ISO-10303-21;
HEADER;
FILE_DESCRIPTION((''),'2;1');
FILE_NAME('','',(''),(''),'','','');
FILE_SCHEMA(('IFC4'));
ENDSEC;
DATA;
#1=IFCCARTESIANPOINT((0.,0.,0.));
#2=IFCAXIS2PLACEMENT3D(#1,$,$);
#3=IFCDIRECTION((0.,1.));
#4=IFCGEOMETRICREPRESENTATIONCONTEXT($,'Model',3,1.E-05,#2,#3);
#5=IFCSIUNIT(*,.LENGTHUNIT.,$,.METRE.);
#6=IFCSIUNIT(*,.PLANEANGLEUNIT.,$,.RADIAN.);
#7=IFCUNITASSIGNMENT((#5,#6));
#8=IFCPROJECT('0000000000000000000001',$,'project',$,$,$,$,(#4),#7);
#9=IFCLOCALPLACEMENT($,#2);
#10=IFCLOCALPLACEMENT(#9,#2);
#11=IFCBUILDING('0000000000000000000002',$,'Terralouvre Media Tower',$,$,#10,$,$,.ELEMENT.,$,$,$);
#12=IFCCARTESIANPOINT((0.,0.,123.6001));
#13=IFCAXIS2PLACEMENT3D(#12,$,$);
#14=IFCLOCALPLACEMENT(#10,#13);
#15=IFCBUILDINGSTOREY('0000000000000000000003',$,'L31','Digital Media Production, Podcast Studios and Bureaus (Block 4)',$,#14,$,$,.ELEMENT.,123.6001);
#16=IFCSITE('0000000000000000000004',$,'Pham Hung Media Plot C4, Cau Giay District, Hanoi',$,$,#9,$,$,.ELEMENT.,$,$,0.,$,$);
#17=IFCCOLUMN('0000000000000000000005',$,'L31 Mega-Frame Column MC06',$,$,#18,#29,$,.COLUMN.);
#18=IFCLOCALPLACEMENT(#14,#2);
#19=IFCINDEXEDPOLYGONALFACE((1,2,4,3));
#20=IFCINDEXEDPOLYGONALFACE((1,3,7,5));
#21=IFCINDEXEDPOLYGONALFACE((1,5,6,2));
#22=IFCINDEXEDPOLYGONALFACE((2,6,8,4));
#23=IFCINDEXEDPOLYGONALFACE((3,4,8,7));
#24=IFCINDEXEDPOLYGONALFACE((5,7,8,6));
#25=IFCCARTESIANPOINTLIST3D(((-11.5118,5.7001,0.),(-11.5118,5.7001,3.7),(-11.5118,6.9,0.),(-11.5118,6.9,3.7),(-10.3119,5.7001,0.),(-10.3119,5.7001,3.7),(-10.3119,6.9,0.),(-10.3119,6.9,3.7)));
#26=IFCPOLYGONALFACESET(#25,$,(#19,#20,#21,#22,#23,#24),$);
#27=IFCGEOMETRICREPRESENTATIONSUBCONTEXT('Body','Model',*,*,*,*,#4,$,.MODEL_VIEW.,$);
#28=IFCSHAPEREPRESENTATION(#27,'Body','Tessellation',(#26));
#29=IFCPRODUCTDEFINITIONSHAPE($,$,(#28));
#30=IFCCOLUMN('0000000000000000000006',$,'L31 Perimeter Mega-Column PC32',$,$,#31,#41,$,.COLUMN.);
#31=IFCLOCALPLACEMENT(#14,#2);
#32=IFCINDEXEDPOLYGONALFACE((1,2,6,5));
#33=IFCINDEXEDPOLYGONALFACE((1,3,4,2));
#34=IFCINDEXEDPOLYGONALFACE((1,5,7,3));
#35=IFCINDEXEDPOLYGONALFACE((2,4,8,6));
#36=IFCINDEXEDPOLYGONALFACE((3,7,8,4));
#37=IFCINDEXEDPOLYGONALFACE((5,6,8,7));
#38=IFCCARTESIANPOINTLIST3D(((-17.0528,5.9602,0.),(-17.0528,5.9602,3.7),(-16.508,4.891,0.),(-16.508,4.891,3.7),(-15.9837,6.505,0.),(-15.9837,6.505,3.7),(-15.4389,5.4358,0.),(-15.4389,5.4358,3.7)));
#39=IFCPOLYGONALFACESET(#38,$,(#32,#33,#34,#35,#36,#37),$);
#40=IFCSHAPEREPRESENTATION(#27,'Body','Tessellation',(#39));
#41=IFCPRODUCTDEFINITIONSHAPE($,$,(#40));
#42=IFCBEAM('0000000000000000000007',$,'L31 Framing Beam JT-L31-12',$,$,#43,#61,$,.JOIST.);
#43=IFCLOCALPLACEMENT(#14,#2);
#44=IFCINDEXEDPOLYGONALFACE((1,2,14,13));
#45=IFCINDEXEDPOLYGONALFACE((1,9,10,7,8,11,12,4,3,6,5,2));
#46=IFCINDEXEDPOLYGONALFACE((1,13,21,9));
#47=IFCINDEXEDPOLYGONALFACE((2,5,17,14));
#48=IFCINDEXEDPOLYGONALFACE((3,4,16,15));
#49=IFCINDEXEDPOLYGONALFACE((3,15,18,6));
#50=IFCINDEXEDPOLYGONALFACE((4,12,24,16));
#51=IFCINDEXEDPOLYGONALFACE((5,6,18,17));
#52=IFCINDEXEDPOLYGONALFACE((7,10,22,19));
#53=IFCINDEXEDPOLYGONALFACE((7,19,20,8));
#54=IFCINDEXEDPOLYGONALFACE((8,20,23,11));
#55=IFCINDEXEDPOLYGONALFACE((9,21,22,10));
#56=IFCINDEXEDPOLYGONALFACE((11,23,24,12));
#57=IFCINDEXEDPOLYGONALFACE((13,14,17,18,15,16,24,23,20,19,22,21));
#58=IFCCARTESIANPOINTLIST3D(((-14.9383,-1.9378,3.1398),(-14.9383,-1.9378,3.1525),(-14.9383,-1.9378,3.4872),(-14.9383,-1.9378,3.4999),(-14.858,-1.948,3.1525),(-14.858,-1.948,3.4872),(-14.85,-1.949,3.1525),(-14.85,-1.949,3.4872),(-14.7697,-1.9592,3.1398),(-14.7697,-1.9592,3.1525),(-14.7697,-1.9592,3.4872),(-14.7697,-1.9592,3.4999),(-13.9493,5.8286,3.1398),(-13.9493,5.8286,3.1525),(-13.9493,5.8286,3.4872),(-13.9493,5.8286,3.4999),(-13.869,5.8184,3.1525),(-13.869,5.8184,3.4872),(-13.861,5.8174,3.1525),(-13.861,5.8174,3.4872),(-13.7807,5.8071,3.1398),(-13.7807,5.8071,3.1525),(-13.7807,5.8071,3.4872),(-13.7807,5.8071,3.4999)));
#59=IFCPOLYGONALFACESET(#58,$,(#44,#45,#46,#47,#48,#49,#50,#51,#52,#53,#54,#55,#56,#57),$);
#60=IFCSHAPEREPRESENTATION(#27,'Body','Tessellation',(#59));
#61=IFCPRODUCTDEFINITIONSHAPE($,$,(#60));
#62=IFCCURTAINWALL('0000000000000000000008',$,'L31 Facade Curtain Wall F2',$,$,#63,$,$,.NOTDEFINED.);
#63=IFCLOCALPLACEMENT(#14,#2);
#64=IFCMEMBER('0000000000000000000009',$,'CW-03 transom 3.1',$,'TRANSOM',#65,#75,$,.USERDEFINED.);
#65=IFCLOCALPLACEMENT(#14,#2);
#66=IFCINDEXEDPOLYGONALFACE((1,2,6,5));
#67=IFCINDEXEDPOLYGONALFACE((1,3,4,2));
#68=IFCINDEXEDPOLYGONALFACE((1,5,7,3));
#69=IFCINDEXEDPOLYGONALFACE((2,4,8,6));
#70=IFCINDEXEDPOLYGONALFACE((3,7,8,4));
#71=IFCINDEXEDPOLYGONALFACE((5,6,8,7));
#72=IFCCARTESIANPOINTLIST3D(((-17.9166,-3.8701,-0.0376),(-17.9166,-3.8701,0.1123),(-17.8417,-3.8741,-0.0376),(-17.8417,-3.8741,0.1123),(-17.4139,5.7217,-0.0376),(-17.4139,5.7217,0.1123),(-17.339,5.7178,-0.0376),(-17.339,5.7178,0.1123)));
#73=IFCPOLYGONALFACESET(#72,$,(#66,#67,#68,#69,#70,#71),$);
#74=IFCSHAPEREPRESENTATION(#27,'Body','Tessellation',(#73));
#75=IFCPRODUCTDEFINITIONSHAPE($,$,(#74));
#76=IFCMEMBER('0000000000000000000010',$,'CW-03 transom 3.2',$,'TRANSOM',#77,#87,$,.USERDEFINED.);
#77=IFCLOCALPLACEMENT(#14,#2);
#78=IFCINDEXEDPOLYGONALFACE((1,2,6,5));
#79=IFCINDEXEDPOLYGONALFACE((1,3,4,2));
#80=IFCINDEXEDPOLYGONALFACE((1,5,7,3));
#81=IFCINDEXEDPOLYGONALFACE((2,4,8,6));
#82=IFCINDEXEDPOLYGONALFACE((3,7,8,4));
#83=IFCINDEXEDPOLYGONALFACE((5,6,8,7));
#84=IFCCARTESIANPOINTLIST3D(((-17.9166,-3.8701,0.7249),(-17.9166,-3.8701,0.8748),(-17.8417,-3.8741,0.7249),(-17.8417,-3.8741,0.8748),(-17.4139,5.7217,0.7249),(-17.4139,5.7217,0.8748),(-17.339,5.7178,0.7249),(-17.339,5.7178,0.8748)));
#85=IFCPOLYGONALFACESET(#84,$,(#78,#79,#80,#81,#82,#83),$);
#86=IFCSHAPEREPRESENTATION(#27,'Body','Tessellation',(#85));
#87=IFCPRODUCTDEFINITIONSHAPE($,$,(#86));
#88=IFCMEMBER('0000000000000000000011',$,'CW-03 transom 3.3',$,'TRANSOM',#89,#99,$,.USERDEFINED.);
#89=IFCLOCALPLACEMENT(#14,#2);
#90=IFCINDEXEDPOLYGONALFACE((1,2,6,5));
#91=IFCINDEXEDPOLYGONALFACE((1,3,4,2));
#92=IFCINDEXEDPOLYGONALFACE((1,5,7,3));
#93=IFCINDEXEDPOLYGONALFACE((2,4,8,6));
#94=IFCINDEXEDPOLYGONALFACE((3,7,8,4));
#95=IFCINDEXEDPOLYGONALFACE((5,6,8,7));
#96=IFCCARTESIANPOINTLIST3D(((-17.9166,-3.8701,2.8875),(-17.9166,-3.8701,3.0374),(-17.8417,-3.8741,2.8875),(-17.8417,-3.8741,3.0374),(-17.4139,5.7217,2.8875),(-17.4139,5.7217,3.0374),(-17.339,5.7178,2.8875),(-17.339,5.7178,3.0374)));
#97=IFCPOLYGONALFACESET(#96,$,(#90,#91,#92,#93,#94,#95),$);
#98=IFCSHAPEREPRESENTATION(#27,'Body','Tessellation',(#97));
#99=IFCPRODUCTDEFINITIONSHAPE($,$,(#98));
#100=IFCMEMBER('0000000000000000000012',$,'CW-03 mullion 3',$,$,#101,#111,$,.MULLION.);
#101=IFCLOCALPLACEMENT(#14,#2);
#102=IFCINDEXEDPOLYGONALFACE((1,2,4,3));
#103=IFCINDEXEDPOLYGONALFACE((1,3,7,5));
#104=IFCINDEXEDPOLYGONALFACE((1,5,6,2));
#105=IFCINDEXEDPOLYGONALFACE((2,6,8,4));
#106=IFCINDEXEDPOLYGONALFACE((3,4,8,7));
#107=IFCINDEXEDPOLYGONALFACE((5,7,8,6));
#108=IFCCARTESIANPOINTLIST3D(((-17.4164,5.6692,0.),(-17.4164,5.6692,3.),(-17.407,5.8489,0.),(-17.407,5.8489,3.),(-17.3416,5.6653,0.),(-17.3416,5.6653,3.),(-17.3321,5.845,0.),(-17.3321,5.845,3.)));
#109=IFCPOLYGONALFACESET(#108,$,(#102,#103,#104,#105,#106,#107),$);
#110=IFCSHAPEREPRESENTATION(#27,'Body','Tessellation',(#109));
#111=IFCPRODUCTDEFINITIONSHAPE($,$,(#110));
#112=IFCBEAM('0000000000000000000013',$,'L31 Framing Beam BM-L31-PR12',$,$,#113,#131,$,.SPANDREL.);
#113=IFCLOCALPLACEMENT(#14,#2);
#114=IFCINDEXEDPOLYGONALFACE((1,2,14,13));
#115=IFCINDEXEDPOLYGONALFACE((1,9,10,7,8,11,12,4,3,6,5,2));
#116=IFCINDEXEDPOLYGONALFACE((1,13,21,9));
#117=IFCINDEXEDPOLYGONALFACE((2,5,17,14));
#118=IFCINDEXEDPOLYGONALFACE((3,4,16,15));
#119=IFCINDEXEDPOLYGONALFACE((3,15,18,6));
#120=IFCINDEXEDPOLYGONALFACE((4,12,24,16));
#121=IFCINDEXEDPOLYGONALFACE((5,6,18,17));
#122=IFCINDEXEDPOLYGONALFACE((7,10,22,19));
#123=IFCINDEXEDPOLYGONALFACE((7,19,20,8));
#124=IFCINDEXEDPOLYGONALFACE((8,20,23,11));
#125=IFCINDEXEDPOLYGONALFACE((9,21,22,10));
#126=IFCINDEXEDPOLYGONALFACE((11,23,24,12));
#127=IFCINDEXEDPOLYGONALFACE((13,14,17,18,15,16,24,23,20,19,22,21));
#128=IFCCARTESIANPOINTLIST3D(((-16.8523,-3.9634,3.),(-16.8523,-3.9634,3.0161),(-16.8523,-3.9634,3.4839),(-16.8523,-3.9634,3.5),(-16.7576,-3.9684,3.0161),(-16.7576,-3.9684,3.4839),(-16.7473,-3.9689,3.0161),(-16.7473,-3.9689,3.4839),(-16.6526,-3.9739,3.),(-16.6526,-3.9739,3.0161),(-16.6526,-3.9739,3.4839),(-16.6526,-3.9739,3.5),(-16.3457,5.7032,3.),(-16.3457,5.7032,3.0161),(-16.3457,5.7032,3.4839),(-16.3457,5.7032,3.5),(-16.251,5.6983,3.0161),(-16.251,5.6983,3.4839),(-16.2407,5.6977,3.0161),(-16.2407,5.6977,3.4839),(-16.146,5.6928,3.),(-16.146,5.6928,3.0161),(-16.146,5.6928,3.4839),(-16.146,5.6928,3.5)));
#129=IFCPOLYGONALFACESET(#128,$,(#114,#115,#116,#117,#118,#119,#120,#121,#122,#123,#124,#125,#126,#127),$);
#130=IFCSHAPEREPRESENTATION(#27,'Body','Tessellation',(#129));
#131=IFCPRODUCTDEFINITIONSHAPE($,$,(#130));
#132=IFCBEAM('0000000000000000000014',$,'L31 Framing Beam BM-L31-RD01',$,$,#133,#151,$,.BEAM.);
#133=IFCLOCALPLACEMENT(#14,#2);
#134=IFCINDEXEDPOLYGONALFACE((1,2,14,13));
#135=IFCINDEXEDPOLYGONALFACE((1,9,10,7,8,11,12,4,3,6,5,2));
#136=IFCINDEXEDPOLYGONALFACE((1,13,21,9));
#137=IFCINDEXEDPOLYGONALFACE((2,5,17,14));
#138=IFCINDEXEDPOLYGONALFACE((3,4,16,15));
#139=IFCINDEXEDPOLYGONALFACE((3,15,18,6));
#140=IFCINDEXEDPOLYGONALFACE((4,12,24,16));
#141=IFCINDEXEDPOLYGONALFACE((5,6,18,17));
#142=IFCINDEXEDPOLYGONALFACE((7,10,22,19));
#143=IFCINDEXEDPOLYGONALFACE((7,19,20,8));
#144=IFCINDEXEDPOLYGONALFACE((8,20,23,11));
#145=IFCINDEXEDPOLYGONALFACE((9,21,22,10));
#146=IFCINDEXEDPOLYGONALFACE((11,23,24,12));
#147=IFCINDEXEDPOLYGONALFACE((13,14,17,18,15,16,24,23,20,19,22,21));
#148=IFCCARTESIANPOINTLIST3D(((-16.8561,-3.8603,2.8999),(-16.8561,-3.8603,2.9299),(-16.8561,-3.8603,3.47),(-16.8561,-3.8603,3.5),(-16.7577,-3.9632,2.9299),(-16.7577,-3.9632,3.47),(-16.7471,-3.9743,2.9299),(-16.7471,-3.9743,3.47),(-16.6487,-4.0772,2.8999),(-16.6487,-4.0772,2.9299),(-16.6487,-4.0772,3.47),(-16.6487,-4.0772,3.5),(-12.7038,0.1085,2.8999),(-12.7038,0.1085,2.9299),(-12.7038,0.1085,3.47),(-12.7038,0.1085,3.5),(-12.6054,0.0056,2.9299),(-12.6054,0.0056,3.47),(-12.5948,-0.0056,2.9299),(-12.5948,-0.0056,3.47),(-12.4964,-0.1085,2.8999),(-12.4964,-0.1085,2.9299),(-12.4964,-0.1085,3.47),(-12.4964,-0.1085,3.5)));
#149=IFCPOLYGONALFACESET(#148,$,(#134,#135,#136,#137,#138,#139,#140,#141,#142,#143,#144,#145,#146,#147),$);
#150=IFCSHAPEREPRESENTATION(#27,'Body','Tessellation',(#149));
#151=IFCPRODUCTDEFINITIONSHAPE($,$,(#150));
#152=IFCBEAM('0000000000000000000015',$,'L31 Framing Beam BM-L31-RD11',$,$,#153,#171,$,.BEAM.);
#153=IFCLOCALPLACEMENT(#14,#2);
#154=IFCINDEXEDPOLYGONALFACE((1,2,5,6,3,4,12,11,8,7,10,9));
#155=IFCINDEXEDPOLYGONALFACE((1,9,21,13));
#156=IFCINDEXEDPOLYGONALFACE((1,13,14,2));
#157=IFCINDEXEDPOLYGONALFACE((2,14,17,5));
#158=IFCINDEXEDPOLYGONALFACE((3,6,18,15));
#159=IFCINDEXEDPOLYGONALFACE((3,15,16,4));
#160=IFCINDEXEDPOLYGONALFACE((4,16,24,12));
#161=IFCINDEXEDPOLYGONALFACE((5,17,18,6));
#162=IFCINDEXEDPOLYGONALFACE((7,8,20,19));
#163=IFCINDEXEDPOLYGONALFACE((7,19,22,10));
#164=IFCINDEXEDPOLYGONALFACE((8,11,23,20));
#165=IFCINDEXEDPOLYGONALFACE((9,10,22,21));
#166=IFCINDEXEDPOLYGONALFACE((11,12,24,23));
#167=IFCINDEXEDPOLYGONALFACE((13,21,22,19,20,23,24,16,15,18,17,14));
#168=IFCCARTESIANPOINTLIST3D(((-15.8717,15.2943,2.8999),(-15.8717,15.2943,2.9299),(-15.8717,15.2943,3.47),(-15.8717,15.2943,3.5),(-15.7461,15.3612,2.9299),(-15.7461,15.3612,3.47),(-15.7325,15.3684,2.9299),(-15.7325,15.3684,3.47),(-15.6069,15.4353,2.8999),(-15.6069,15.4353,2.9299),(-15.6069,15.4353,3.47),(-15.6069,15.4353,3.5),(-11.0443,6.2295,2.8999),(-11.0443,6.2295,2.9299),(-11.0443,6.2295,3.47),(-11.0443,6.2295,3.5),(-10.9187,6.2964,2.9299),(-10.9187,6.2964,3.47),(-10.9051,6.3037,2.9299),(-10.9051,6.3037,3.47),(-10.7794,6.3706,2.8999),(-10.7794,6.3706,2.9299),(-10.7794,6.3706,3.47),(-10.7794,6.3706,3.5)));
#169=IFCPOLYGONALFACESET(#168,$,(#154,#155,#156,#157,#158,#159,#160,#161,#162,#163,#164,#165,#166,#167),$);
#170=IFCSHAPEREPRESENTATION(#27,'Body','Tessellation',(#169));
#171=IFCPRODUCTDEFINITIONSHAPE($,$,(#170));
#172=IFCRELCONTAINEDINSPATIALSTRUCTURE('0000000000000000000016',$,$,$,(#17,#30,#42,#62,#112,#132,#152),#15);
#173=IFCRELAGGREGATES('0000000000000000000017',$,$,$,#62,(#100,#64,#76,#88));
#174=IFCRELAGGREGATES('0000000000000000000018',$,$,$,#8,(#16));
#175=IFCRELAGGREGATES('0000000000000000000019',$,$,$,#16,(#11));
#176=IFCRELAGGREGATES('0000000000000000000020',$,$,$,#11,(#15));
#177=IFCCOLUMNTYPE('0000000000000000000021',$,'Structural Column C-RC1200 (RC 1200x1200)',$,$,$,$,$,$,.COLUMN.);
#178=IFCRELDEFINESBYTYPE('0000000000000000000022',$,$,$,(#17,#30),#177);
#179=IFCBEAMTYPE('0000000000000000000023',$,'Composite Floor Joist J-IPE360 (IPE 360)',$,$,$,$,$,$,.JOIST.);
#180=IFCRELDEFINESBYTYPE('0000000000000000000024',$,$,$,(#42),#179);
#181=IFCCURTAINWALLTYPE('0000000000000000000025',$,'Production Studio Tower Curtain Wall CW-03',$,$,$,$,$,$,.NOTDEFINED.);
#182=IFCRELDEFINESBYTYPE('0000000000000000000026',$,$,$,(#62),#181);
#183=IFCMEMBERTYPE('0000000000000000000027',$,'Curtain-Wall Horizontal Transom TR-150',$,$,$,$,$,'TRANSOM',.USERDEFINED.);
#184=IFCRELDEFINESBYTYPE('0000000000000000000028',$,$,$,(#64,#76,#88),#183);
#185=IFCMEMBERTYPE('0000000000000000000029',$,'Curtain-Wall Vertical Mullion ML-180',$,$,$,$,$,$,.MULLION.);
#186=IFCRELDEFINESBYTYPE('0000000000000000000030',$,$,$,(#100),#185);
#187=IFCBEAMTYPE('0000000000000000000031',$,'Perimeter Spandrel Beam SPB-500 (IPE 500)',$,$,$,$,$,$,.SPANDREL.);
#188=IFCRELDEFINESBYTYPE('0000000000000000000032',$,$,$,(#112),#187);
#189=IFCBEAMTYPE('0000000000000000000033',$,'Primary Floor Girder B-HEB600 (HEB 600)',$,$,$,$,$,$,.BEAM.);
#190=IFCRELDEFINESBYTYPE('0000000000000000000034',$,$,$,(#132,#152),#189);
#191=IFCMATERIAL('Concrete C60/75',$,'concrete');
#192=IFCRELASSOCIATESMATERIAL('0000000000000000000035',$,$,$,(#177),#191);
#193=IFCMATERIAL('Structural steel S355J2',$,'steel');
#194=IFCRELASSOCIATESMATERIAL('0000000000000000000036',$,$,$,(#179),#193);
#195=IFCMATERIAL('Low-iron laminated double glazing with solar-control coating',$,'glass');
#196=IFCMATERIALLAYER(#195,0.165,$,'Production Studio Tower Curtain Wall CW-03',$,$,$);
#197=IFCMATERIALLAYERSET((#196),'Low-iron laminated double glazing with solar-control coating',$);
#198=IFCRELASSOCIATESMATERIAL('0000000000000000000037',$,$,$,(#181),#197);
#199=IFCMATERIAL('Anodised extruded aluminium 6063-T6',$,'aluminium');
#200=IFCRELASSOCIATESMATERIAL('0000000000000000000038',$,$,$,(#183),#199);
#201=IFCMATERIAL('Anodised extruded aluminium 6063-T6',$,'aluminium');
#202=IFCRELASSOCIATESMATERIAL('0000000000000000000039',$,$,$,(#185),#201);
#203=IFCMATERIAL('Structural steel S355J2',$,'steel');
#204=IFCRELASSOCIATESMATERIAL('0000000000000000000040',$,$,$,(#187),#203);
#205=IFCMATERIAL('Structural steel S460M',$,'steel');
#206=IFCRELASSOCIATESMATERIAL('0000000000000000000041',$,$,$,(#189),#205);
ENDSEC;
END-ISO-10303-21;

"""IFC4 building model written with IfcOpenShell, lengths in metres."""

from ifc_helpers import new_model, si_unit, direction, frame, origin, origin_2d, place, context, subcontext, project, spatial, rectangle, i_section, extrude, material, layer, layer_set, material_profile, profile_set, type_object, element, aggregate, save


model = new_model("IFC4")

# Units and contexts
model_context = context("Model", 3, precision=1e-05, world=origin(), true_north=direction((0.0, 1.0)))
body_context = subcontext(model_context, "Body", "Model", "MODEL_VIEW")
ifc_project = project(units=[si_unit("LENGTHUNIT", "METRE"), si_unit("PLANEANGLEUNIT", "RADIAN")], contexts=[model_context])

# Site, building, storey
site_placement = place(None, origin())
site = spatial("IfcSite", under=ifc_project, at=site_placement, Name="Pham Hung Media Plot C4, Cau Giay District, Hanoi", CompositionType="ELEMENT", RefElevation=0.0)
building_placement = place(site_placement, origin())
building = spatial("IfcBuilding", under=site, at=building_placement, Name="Terralouvre Media Tower", CompositionType="ELEMENT")
storey_placement = place(building_placement, frame((0.0, 0.0, 123.6001)))
storey = spatial("IfcBuildingStorey", under=building, at=storey_placement, Name="L31", Description="Digital Media Production, Podcast Studios and Bureaus (Block 4)", CompositionType="ELEMENT", Elevation=123.6001)

# Columns
ifc_material_1 = material(Name="Concrete C60/75", Category="concrete")
ifc_material_profile_1 = material_profile(ifc_material_1, rectangle(XDim=1.2, YDim=1.2, at=origin_2d()), Name="RC 1200x1200")
ifc_profile_set_1 = profile_set([ifc_material_profile_1], Name="Concrete C60/75")
column_type = type_object("IfcColumnType", Name="Structural Column C-RC1200 (RC 1200x1200)", PredefinedType="COLUMN", material=ifc_profile_set_1)
for number, where, z_axis, x_axis, name in (
    (1, (-10.9119, 6.3, 0.0), (0.0, 0.0, 1.0), (1.0, 0.0, 0.0), "L31 Mega-Frame Column MC06"),
    (2, (-16.2458, 5.698, 0.0), (0.0, 0.0, 1.0), (0.891007, 0.45399, 0.0), "L31 Perimeter Mega-Column PC32"),
):
    element("IfcColumn", number, at=place(storey_placement, frame(where, z_axis=z_axis, x_axis=x_axis)), inside=storey, type_object=column_type, Name=name, PredefinedType="COLUMN", context=body_context, shape_type="SweptSolid", body=[
        extrude(rectangle(XDim=1.2, YDim=1.2, at=origin_2d()), origin(), (0.0, 0.0, 1.0), 3.7),
    ])

# Beam
ifc_material_2 = material(Name="Structural steel S355J2", Category="steel")
ifc_material_profile_2 = material_profile(ifc_material_2, i_section(OverallWidth=0.1699, OverallDepth=0.3601, WebThickness=0.0081, FlangeThickness=0.0127, at=origin_2d()), Name="IPE 360")
ifc_profile_set_2 = profile_set([ifc_material_profile_2], Name="Structural steel S355J2")
beam_type_1 = type_object("IfcBeamType", Name="Composite Floor Joist J-IPE360 (IPE 360)", PredefinedType="JOIST", material=ifc_profile_set_2)
beam_1_placement = place(storey_placement, frame((-13.865, 5.8179, 3.3198), z_axis=(-0.126326, -0.991989, 0.0), x_axis=(0.991989, -0.126326, 0.0)))
element("IfcBeam", 3, at=beam_1_placement, inside=storey, type_object=beam_type_1, Name="L31 Framing Beam JT-L31-12", PredefinedType="JOIST", context=body_context, shape_type="SweptSolid", body=[
    extrude(i_section(OverallWidth=0.1699, OverallDepth=0.3601, WebThickness=0.0081, FlangeThickness=0.0127, at=origin_2d()), origin(), (0.0, 0.0, 1.0), 7.8291),
])

# Curtain wall, members
ifc_material_3 = material(Name="Low-iron laminated double glazing with solar-control coating", Category="glass")
ifc_layer_1 = layer(ifc_material_3, 0.165, Name="Production Studio Tower Curtain Wall CW-03")
ifc_layer_set_1 = layer_set([ifc_layer_1], Name="Low-iron laminated double glazing with solar-control coating")
curtain_wall_type = type_object("IfcCurtainWallType", Name="Production Studio Tower Curtain Wall CW-03", PredefinedType="NOTDEFINED", material=ifc_layer_set_1)
curtain_wall_placement = place(storey_placement, origin())
curtain_wall = element("IfcCurtainWall", 4, at=curtain_wall_placement, inside=storey, type_object=curtain_wall_type, Name="L31 Facade Curtain Wall F2", PredefinedType="NOTDEFINED")
ifc_material_4 = material(Name="Anodised extruded aluminium 6063-T6", Category="aluminium")
ifc_material_profile_3 = material_profile(ifc_material_4, rectangle(XDim=0.075, YDim=0.1499, at=origin_2d()), Name="ALU 75x150")
ifc_profile_set_3 = profile_set([ifc_material_profile_3], Name="Anodised extruded aluminium 6063-T6")
member_type_1 = type_object("IfcMemberType", Name="Curtain-Wall Horizontal Transom TR-150", ElementType="TRANSOM", PredefinedType="USERDEFINED", material=ifc_profile_set_3)
member_1_placement = place(storey_placement, frame((-17.3765, 5.7197, 0.0374), z_axis=(-0.052336, -0.99863, 0.0), x_axis=(0.99863, -0.052336, 0.0)))
member_1 = element("IfcMember", 5, at=member_1_placement, type_object=member_type_1, Name="CW-03 transom 3.1", ObjectType="TRANSOM", PredefinedType="USERDEFINED", context=body_context, shape_type="SweptSolid", body=[
    extrude(rectangle(XDim=0.075, YDim=0.1499, at=origin_2d()), origin(), (0.0, 0.0, 1.0), 9.605),
])
member_2_placement = place(storey_placement, frame((-17.3765, 5.7197, 0.7998), z_axis=(-0.052336, -0.99863, 0.0), x_axis=(0.99863, -0.052336, 0.0)))
member_2 = element("IfcMember", 6, at=member_2_placement, type_object=member_type_1, Name="CW-03 transom 3.2", ObjectType="TRANSOM", PredefinedType="USERDEFINED", context=body_context, shape_type="SweptSolid", body=[
    extrude(rectangle(XDim=0.075, YDim=0.1499, at=origin_2d()), origin(), (0.0, 0.0, 1.0), 9.605),
])
member_3_placement = place(storey_placement, frame((-17.3765, 5.7197, 2.9624), z_axis=(-0.052336, -0.99863, 0.0), x_axis=(0.99863, -0.052336, 0.0)))
member_3 = element("IfcMember", 7, at=member_3_placement, type_object=member_type_1, Name="CW-03 transom 3.3", ObjectType="TRANSOM", PredefinedType="USERDEFINED", context=body_context, shape_type="SweptSolid", body=[
    extrude(rectangle(XDim=0.075, YDim=0.1499, at=origin_2d()), origin(), (0.0, 0.0, 1.0), 9.605),
])
ifc_material_5 = material(Name="Anodised extruded aluminium 6063-T6", Category="aluminium")
ifc_material_profile_4 = material_profile(ifc_material_5, rectangle(XDim=0.075, YDim=0.1799, at=origin_2d()), Name="ALU 75x180")
ifc_profile_set_4 = profile_set([ifc_material_profile_4], Name="Anodised extruded aluminium 6063-T6")
member_type_2 = type_object("IfcMemberType", Name="Curtain-Wall Vertical Mullion ML-180", PredefinedType="MULLION", material=ifc_profile_set_4)
member_4_placement = place(storey_placement, frame((-17.3743, 5.7571, 0.0), z_axis=(0.0, 0.0, 1.0), x_axis=(0.99863, -0.052336, 0.0)))
member_4 = element("IfcMember", 8, at=member_4_placement, type_object=member_type_2, Name="CW-03 mullion 3", PredefinedType="MULLION", context=body_context, shape_type="SweptSolid", body=[
    extrude(rectangle(XDim=0.075, YDim=0.1799, at=origin_2d()), origin(), (0.0, 0.0, 1.0), 3.0),
])

# Beams
ifc_material_6 = material(Name="Structural steel S355J2", Category="steel")
ifc_material_profile_5 = material_profile(ifc_material_6, i_section(OverallWidth=0.2, OverallDepth=0.5, WebThickness=0.0103, FlangeThickness=0.0161, at=origin_2d()), Name="IPE 500")
ifc_profile_set_5 = profile_set([ifc_material_profile_5], Name="Structural steel S355J2")
beam_type_2 = type_object("IfcBeamType", Name="Perimeter Spandrel Beam SPB-500 (IPE 500)", PredefinedType="SPANDREL", material=ifc_profile_set_5)
beam_2_placement = place(storey_placement, frame((-16.2458, 5.698, 3.25), z_axis=(-0.052334, -0.99863, 0.0), x_axis=(0.99863, -0.052334, 0.0)))
element("IfcBeam", 9, at=beam_2_placement, inside=storey, type_object=beam_type_2, Name="L31 Framing Beam BM-L31-PR12", PredefinedType="SPANDREL", context=body_context, shape_type="SweptSolid", body=[
    extrude(i_section(OverallWidth=0.2, OverallDepth=0.5, WebThickness=0.0103, FlangeThickness=0.0161, at=origin_2d()), origin(), (0.0, 0.0, 1.0), 9.6799),
])
ifc_material_7 = material(Name="Structural steel S460M", Category="steel")
ifc_material_profile_6 = material_profile(ifc_material_7, i_section(OverallWidth=0.3, OverallDepth=0.6001, WebThickness=0.0154, FlangeThickness=0.03, at=origin_2d()), Name="HEB 600")
ifc_profile_set_6 = profile_set([ifc_material_profile_6], Name="Structural steel S460M")
beam_type_3 = type_object("IfcBeamType", Name="Primary Floor Girder B-HEB600 (HEB 600)", PredefinedType="BEAM", material=ifc_profile_set_6)
beam_3_placement = place(storey_placement, frame((-12.6001, 0.0, 3.2), z_axis=(-0.722908, -0.690945, 0.0), x_axis=(0.690945, -0.722908, 0.0)))
element("IfcBeam", 10, at=beam_3_placement, inside=storey, type_object=beam_type_3, Name="L31 Framing Beam BM-L31-RD01", PredefinedType="BEAM", context=body_context, shape_type="SweptSolid", body=[
    extrude(i_section(OverallWidth=0.3, OverallDepth=0.6001, WebThickness=0.0154, FlangeThickness=0.03, at=origin_2d()), origin(), (0.0, 0.0, 1.0), 5.7439),
])
beam_4_placement = place(storey_placement, frame((-10.9119, 6.3, 3.2), z_axis=(-0.470049, 0.88264, 0.0), x_axis=(-0.88264, -0.470049, 0.0)))
element("IfcBeam", 11, at=beam_4_placement, inside=storey, type_object=beam_type_3, Name="L31 Framing Beam BM-L31-RD11", PredefinedType="BEAM", context=body_context, shape_type="SweptSolid", body=[
    extrude(i_section(OverallWidth=0.3, OverallDepth=0.6001, WebThickness=0.0154, FlangeThickness=0.03, at=origin_2d()), origin(), (0.0, 0.0, 1.0), 10.27),
])

aggregate(curtain_wall, [member_4, member_1, member_2, member_3])

save(model, "model.ifc")
